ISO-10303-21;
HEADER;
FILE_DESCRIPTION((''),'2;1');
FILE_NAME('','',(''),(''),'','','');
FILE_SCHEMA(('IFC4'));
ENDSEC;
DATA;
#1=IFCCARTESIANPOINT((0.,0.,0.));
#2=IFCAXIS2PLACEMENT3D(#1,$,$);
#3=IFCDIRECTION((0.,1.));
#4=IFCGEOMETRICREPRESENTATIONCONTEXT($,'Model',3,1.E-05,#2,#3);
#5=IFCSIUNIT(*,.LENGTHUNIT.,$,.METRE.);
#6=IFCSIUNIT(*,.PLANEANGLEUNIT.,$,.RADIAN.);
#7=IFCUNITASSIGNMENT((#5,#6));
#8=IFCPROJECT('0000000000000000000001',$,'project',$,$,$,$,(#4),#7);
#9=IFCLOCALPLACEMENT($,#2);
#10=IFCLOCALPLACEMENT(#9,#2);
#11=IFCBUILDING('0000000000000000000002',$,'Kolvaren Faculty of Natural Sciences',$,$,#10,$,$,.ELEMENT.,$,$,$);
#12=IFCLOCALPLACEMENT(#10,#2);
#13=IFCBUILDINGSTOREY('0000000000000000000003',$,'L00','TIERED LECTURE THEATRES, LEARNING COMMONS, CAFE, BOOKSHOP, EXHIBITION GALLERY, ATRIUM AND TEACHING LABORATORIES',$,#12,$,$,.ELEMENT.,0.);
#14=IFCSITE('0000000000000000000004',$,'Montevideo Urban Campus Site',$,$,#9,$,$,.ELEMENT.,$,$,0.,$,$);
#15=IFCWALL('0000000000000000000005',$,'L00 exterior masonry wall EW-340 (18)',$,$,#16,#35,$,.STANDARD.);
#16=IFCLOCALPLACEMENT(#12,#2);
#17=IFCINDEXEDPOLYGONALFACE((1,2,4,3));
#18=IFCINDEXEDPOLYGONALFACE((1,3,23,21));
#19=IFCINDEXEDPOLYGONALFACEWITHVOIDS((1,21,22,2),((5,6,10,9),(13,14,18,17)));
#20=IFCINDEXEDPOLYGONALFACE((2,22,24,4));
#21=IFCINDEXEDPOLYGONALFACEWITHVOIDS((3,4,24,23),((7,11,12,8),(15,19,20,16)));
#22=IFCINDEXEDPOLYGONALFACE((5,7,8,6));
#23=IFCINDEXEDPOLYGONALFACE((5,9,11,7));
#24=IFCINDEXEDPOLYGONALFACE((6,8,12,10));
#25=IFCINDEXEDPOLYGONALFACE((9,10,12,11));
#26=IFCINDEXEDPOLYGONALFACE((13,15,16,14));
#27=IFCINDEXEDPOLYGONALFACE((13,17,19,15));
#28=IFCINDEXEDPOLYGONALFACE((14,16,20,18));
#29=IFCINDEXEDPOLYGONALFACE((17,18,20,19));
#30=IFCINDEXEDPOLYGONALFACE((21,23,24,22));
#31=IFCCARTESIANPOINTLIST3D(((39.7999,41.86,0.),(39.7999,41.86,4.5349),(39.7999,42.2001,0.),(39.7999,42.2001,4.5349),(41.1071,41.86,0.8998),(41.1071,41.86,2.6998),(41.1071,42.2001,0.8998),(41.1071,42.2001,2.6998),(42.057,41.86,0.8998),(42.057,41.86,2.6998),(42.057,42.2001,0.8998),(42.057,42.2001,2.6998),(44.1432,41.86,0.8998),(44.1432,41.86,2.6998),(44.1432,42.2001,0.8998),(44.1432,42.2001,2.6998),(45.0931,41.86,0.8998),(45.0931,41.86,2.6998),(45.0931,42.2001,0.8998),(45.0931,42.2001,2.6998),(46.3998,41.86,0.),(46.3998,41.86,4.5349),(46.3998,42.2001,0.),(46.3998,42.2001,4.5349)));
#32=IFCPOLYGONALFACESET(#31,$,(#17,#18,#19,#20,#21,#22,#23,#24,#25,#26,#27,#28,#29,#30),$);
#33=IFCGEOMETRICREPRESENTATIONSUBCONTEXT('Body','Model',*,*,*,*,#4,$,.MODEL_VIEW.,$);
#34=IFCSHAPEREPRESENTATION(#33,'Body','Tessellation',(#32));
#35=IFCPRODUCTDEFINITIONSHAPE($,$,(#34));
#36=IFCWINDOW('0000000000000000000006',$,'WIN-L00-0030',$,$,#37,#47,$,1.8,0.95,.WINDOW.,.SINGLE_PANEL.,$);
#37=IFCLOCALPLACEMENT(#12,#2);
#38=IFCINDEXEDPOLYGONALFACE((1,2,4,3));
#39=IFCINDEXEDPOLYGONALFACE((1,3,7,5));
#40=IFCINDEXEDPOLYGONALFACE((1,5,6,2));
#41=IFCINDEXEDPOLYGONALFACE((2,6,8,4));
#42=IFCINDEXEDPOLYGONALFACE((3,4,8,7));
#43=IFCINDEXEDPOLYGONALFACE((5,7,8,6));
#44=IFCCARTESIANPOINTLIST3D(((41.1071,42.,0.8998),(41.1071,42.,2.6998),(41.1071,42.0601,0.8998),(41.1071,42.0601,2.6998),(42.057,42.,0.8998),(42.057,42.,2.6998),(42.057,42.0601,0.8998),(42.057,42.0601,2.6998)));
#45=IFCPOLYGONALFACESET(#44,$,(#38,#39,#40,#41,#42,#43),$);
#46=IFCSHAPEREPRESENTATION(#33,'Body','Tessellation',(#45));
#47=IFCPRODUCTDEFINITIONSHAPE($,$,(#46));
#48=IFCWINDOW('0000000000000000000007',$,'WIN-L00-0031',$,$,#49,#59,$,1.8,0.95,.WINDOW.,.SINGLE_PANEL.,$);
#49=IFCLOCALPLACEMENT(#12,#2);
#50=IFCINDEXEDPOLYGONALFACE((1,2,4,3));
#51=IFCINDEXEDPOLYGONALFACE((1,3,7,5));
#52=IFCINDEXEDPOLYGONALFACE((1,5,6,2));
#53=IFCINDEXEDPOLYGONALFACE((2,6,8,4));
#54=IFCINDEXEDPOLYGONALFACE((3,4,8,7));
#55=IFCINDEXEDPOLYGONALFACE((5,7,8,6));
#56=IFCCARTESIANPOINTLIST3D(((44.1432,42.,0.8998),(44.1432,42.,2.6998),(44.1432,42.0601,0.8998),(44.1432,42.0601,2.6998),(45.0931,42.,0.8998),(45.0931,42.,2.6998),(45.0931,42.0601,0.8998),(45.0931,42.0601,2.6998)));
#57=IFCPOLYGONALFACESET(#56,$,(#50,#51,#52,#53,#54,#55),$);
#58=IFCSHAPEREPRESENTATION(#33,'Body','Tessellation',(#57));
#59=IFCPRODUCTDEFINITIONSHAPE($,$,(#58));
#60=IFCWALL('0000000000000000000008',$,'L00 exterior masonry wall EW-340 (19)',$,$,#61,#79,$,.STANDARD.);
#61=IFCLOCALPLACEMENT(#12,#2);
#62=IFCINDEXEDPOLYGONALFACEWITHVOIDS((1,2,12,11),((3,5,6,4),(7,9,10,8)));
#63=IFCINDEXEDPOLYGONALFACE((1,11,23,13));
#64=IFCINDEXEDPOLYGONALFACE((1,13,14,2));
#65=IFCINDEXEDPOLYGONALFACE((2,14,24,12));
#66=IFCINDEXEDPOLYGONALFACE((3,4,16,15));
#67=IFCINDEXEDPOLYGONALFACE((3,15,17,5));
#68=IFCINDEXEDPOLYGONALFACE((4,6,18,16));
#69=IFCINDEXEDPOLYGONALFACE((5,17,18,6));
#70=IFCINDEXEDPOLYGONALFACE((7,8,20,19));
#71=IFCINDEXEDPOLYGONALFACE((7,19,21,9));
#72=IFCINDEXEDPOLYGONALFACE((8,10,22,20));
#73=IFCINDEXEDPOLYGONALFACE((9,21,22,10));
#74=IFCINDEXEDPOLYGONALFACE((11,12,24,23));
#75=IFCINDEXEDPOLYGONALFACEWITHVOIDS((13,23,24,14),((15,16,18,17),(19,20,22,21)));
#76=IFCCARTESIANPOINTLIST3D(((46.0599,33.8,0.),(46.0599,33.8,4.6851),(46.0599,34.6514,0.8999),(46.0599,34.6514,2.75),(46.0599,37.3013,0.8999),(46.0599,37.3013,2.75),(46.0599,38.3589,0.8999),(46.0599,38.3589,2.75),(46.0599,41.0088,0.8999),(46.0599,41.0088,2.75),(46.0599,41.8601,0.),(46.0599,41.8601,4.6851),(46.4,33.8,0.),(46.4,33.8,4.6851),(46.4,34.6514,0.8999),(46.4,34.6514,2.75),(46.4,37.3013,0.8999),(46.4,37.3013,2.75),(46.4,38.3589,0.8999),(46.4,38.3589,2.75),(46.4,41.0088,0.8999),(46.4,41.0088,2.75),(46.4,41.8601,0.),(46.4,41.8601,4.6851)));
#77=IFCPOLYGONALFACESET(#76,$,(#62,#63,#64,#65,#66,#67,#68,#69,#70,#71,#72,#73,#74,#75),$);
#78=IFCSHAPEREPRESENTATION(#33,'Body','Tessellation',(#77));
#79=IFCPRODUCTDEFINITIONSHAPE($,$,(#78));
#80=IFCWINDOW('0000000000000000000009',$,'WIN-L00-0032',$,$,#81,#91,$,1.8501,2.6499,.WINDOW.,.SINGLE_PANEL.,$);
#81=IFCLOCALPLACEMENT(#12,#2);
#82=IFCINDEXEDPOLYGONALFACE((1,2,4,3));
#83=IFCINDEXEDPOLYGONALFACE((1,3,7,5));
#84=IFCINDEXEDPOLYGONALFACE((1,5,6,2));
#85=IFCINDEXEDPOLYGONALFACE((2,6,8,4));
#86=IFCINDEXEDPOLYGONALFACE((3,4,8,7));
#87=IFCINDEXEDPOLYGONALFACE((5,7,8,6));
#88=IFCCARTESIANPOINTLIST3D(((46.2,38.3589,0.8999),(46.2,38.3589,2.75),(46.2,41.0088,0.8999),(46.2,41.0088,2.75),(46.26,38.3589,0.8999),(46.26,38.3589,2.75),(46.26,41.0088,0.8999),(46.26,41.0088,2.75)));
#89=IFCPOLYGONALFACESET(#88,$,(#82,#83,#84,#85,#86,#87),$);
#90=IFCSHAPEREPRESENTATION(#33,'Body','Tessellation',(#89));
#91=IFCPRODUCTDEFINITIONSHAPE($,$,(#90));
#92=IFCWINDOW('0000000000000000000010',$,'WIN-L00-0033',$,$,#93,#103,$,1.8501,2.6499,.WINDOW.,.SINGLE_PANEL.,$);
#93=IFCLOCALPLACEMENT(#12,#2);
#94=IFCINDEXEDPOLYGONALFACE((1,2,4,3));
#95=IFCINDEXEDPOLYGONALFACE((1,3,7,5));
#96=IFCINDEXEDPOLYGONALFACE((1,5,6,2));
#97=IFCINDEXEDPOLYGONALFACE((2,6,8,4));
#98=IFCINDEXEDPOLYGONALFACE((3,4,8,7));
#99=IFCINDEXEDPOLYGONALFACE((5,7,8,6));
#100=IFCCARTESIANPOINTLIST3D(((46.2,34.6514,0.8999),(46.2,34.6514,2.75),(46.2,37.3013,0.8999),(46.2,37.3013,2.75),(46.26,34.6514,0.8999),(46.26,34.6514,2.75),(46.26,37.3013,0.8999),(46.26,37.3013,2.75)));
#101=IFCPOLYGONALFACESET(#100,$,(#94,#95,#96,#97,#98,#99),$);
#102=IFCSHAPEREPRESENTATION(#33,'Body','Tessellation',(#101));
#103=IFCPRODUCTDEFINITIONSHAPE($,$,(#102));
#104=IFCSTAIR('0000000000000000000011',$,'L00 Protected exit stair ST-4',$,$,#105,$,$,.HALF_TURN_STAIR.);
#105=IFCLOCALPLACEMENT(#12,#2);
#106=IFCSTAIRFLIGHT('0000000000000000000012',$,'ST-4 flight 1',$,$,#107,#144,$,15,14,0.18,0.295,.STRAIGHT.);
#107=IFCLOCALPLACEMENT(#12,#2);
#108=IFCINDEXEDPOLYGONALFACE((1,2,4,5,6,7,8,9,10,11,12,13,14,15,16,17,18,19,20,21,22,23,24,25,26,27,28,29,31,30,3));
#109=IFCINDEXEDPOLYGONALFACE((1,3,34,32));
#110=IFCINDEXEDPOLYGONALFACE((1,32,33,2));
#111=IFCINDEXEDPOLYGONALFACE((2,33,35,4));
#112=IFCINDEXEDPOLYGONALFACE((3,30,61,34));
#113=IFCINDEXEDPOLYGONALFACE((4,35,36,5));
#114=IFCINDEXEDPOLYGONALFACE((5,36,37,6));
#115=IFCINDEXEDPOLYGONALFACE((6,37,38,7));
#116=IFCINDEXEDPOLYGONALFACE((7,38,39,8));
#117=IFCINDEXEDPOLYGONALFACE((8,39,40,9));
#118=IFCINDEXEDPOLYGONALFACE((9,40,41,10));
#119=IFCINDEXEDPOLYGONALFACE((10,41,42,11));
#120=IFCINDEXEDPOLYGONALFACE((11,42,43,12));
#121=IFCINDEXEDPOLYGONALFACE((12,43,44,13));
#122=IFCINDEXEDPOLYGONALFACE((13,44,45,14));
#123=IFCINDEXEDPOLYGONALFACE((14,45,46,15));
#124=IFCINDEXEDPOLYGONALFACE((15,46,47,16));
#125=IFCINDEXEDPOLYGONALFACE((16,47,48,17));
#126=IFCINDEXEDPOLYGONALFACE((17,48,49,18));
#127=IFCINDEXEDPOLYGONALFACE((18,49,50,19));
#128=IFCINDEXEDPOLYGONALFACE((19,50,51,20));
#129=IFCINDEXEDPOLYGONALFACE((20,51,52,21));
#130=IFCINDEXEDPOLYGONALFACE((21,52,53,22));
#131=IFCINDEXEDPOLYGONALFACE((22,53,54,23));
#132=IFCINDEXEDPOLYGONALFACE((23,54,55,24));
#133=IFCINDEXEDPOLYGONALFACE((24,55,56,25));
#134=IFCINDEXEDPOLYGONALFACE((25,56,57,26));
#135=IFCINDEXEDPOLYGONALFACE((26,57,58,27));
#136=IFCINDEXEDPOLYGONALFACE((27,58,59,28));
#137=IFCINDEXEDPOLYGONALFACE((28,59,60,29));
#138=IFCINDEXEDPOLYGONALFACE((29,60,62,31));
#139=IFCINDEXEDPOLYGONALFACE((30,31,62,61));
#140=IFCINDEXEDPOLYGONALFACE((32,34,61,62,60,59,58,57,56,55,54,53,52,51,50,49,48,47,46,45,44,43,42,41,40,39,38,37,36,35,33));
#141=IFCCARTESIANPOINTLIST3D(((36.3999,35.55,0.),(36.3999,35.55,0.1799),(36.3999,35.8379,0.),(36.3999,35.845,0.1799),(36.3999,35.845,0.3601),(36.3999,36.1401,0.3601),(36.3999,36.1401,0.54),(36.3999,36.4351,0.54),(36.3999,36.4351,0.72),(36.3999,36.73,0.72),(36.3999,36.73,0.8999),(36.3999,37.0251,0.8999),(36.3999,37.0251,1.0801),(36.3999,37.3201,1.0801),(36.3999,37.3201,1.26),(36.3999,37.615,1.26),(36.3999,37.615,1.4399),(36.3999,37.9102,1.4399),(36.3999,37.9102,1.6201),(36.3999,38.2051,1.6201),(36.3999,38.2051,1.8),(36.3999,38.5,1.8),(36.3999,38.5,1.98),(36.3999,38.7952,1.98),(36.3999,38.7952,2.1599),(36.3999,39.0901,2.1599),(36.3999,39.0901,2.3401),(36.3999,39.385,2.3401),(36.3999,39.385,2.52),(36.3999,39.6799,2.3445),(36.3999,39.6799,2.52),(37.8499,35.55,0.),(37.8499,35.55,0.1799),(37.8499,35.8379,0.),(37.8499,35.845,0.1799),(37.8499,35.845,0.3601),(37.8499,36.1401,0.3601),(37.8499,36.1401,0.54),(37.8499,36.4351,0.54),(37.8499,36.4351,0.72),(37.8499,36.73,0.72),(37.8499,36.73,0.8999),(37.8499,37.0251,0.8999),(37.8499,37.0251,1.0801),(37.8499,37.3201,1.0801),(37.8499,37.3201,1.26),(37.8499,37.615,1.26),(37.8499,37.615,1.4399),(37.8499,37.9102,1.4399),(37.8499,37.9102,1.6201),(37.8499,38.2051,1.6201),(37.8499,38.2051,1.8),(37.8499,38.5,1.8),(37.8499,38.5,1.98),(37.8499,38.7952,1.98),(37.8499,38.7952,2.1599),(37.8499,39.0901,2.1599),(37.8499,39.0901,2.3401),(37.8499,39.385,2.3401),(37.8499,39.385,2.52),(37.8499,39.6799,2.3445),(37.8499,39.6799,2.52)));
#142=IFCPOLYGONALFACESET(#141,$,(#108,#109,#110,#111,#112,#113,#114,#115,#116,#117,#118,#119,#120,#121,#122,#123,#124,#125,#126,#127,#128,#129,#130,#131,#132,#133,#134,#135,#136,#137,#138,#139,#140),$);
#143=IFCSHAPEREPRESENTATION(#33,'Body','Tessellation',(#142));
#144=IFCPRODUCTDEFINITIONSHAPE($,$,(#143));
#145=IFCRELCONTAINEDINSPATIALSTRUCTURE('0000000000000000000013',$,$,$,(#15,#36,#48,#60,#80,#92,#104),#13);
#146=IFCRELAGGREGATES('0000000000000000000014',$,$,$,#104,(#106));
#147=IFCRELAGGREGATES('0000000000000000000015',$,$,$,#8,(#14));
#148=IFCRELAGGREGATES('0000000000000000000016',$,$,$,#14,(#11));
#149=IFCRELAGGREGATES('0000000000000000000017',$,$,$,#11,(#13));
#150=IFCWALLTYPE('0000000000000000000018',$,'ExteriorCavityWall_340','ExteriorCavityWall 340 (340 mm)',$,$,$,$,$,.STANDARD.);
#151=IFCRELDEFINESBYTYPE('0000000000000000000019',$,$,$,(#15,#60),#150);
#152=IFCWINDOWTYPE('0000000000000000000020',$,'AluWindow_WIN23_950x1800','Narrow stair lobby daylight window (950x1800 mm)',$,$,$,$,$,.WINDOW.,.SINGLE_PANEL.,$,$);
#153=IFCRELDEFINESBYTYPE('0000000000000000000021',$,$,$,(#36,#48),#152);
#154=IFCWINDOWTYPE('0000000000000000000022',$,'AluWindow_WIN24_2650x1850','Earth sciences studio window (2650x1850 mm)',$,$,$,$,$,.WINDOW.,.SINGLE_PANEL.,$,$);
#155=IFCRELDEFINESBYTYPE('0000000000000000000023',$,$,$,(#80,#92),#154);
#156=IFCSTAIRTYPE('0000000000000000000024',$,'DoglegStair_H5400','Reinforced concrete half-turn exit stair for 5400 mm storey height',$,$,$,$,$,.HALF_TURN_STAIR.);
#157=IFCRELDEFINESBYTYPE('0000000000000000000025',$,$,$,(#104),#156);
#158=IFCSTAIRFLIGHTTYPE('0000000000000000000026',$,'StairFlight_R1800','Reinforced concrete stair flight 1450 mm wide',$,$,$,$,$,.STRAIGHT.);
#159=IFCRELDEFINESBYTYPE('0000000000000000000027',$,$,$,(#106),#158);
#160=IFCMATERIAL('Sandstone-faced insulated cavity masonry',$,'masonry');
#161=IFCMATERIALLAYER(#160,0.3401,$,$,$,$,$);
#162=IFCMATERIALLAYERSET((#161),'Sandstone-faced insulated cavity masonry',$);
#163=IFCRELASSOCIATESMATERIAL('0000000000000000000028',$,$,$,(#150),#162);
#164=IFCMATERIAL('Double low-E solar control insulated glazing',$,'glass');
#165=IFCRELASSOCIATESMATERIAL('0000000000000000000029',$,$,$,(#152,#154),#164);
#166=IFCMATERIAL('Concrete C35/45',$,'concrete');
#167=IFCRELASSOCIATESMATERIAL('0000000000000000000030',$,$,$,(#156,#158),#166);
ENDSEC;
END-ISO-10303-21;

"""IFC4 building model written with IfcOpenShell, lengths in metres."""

from ifc_helpers import new_model, si_unit, direction, frame, frame_2d, origin, place, context, subcontext, project, spatial, polyline, rectangle, outline, extrude, material, layer, layer_set, type_object, element, fill, aggregate, save


model = new_model("IFC4")

# Units and contexts
model_context = context("Model", 3, precision=1e-05, world=origin(), true_north=direction((0.0, 1.0)))
body_context = subcontext(model_context, "Body", "Model", "MODEL_VIEW")
ifc_project = project(units=[si_unit("LENGTHUNIT", "METRE"), si_unit("PLANEANGLEUNIT", "RADIAN")], contexts=[model_context])

# Site, building, storey
site_placement = place(None, origin())
site = spatial("IfcSite", under=ifc_project, at=site_placement, Name="Montevideo Urban Campus Site", CompositionType="ELEMENT", RefElevation=0.0)
building_placement = place(site_placement, origin())
building = spatial("IfcBuilding", under=site, at=building_placement, Name="Kolvaren Faculty of Natural Sciences", CompositionType="ELEMENT")
storey_placement = place(building_placement, origin())
storey = spatial("IfcBuildingStorey", under=building, at=storey_placement, Name="L00", Description="TIERED LECTURE THEATRES, LEARNING COMMONS, CAFE, BOOKSHOP, EXHIBITION GALLERY, ATRIUM AND TEACHING LABORATORIES", CompositionType="ELEMENT", Elevation=0.0)

# Shared definitions
ifc_material_1 = material(Name="Concrete C35/45", Category="concrete")

# Shared definitions
ifc_material_2 = material(Name="Sandstone-faced insulated cavity masonry", Category="masonry")
ifc_layer_1 = layer(ifc_material_2, 0.3401)
ifc_layer_set_1 = layer_set([ifc_layer_1], Name="Sandstone-faced insulated cavity masonry")
wall_type_1 = type_object("IfcWallType", Name="ExteriorCavityWall_340", Description="ExteriorCavityWall 340 (340 mm)", PredefinedType="STANDARD", material=ifc_layer_set_1)
ifc_material_3 = material(Name="Double low-E solar control insulated glazing", Category="glass")

# Walls, openings, windows
wall_1_placement = place(storey_placement, frame((39.8, 42.03, 0.0), z_axis=(0.0, 0.0, 1.0), x_axis=(1.0, 0.0, 0.0)))
wall_1 = element("IfcWall", 1, at=wall_1_placement, inside=storey, type_object=wall_type_1, Name="L00 exterior masonry wall EW-340 (18)", PredefinedType="STANDARD", context=body_context, shape_type="SweptSolid", body=[
    extrude(rectangle(XDim=6.5999, YDim=0.3401, at=frame_2d((3.2998, 0.0))), origin(), (0.0, 0.0, 1.0), 4.5349),
])
opening_1_placement = place(wall_1_placement, frame((1.3069, 0.0, 0.8999)))
opening_1 = element("IfcOpeningElement", 2, at=opening_1_placement, cuts=wall_1, PredefinedType="OPENING", context=body_context, shape_type="SweptSolid", body=[
    extrude(rectangle(XDim=0.95, YDim=1.8, at=frame_2d((0.4751, 0.8999))), frame((0.0, 0.1799, 0.0), z_axis=(0.0, -1.0, 0.0), x_axis=(1.0, 0.0, 0.0)), (0.0, 0.0, 1.0), 0.3601),
])
opening_2_placement = place(wall_1_placement, frame((4.343, 0.0, 0.8999)))
opening_2 = element("IfcOpeningElement", 3, at=opening_2_placement, cuts=wall_1, PredefinedType="OPENING", context=body_context, shape_type="SweptSolid", body=[
    extrude(rectangle(XDim=0.95, YDim=1.8, at=frame_2d((0.4751, 0.8999))), frame((0.0, 0.1799, 0.0), z_axis=(0.0, -1.0, 0.0), x_axis=(1.0, 0.0, 0.0)), (0.0, 0.0, 1.0), 0.3601),
])
window_type_1 = type_object("IfcWindowType", Name="AluWindow_WIN23_950x1800", Description="Narrow stair lobby daylight window (950x1800 mm)", PartitioningType="SINGLE_PANEL", PredefinedType="WINDOW", material=ifc_material_3)
window_1_placement = place(opening_1_placement, origin())
window_1 = element("IfcWindow", 4, at=window_1_placement, inside=storey, type_object=window_type_1, Name="WIN-L00-0030", OverallHeight=1.8, OverallWidth=0.95, PartitioningType="SINGLE_PANEL", PredefinedType="WINDOW", context=body_context, shape_type="SweptSolid", body=[
    extrude(rectangle(XDim=0.95, YDim=1.8, at=frame_2d((0.4751, 0.8999))), frame((0.0, 0.03, 0.0), z_axis=(0.0, -1.0, 0.0), x_axis=(1.0, 0.0, 0.0)), (0.0, 0.0, 1.0), 0.0601),
])
fill(opening_1, window_1)
window_2_placement = place(opening_2_placement, origin())
window_2 = element("IfcWindow", 5, at=window_2_placement, inside=storey, type_object=window_type_1, Name="WIN-L00-0031", OverallHeight=1.8, OverallWidth=0.95, PartitioningType="SINGLE_PANEL", PredefinedType="WINDOW", context=body_context, shape_type="SweptSolid", body=[
    extrude(rectangle(XDim=0.95, YDim=1.8, at=frame_2d((0.4751, 0.8999))), frame((0.0, 0.03, 0.0), z_axis=(0.0, -1.0, 0.0), x_axis=(1.0, 0.0, 0.0)), (0.0, 0.0, 1.0), 0.0601),
])
fill(opening_2, window_2)
wall_2_placement = place(storey_placement, frame((46.23, 41.8601, 0.0), z_axis=(0.0, 0.0, 1.0), x_axis=(0.0, -1.0, 0.0)))
wall_2 = element("IfcWall", 6, at=wall_2_placement, inside=storey, type_object=wall_type_1, Name="L00 exterior masonry wall EW-340 (19)", PredefinedType="STANDARD", context=body_context, shape_type="SweptSolid", body=[
    extrude(rectangle(XDim=8.0601, YDim=0.3401, at=frame_2d((4.03, 0.0))), origin(), (0.0, 0.0, 1.0), 4.6851),
])
opening_3_placement = place(wall_2_placement, frame((0.8513, 0.0, 0.8999)))
opening_3 = element("IfcOpeningElement", 7, at=opening_3_placement, cuts=wall_2, PredefinedType="OPENING", context=body_context, shape_type="SweptSolid", body=[
    extrude(rectangle(XDim=2.6499, YDim=1.8501, at=frame_2d((1.325, 0.925))), frame((0.0, 0.1799, 0.0), z_axis=(0.0, -1.0, 0.0), x_axis=(1.0, 0.0, 0.0)), (0.0, 0.0, 1.0), 0.3601),
])
opening_4_placement = place(wall_2_placement, frame((4.5588, 0.0, 0.8999)))
opening_4 = element("IfcOpeningElement", 8, at=opening_4_placement, cuts=wall_2, PredefinedType="OPENING", context=body_context, shape_type="SweptSolid", body=[
    extrude(rectangle(XDim=2.6499, YDim=1.8501, at=frame_2d((1.325, 0.925))), frame((0.0, 0.1799, 0.0), z_axis=(0.0, -1.0, 0.0), x_axis=(1.0, 0.0, 0.0)), (0.0, 0.0, 1.0), 0.3601),
])
window_type_2 = type_object("IfcWindowType", Name="AluWindow_WIN24_2650x1850", Description="Earth sciences studio window (2650x1850 mm)", PartitioningType="SINGLE_PANEL", PredefinedType="WINDOW", material=ifc_material_3)
window_3_placement = place(opening_3_placement, origin())
window_3 = element("IfcWindow", 9, at=window_3_placement, inside=storey, type_object=window_type_2, Name="WIN-L00-0032", OverallHeight=1.8501, OverallWidth=2.6499, PartitioningType="SINGLE_PANEL", PredefinedType="WINDOW", context=body_context, shape_type="SweptSolid", body=[
    extrude(rectangle(XDim=2.6499, YDim=1.8501, at=frame_2d((1.325, 0.925))), frame((0.0, 0.03, 0.0), z_axis=(0.0, -1.0, 0.0), x_axis=(1.0, 0.0, 0.0)), (0.0, 0.0, 1.0), 0.0601),
])
fill(opening_3, window_3)
window_4_placement = place(opening_4_placement, origin())
window_4 = element("IfcWindow", 10, at=window_4_placement, inside=storey, type_object=window_type_2, Name="WIN-L00-0033", OverallHeight=1.8501, OverallWidth=2.6499, PartitioningType="SINGLE_PANEL", PredefinedType="WINDOW", context=body_context, shape_type="SweptSolid", body=[
    extrude(rectangle(XDim=2.6499, YDim=1.8501, at=frame_2d((1.325, 0.925))), frame((0.0, 0.03, 0.0), z_axis=(0.0, -1.0, 0.0), x_axis=(1.0, 0.0, 0.0)), (0.0, 0.0, 1.0), 0.0601),
])
fill(opening_4, window_4)

# Stair, stair flight
stair_type = type_object("IfcStairType", Name="DoglegStair_H5400", Description="Reinforced concrete half-turn exit stair for 5400 mm storey height", PredefinedType="HALF_TURN_STAIR", material=ifc_material_1)
stair_placement = place(storey_placement, origin())
stair = element("IfcStair", 11, at=stair_placement, inside=storey, type_object=stair_type, Name="L00 Protected exit stair ST-4", PredefinedType="HALF_TURN_STAIR")
stair_flight_type = type_object("IfcStairFlightType", Name="StairFlight_R1800", Description="Reinforced concrete stair flight 1450 mm wide", PredefinedType="STRAIGHT", material=ifc_material_1)
stair_flight_1_placement = place(storey_placement, frame((37.125, 35.55, 0.0), z_axis=(0.0, 0.0, 1.0), x_axis=(0.0, 1.0, 0.0)))
stair_flight_1 = element("IfcStairFlight", 12, at=stair_flight_1_placement, type_object=stair_flight_type, Name="ST-4 flight 1", NumberOfRisers=15, NumberOfTreads=14, PredefinedType="STRAIGHT", RiserHeight=0.18, TreadLength=0.295, context=body_context, shape_type="SweptSolid", body=[
    extrude(outline(polyline([(0.0, 0.0), (0.0, 0.1799), (0.2949, 0.1799), (0.2949, 0.3601), (0.5901, 0.3601), (0.5901, 0.54), (0.885, 0.54), (0.885, 0.72), (1.1799, 0.72), (1.1799, 0.8999), (1.4751, 0.8999), (1.4751, 1.0801), (1.77, 1.0801), (1.77, 1.26), (2.0649, 1.26), (2.0649, 1.4399), (2.3601, 1.4399), (2.3601, 1.6201), (2.655, 1.6201), (2.655, 1.8), (2.95, 1.8), (2.95, 1.98), (3.2451, 1.98), (3.2451, 2.1599), (3.54, 2.1599), (3.54, 2.3401), (3.835, 2.3401), (3.835, 2.52), (4.1299, 2.52), (4.1299, 2.7), (4.1299, 2.3445), (0.2878, 0.0), (0.0, 0.0)])), frame((0.0, 0.7251, 0.0), z_axis=(0.0, -1.0, 0.0), x_axis=(1.0, 0.0, 0.0)), (0.0, 0.0, 1.0), 1.45),
])
aggregate(stair, [stair_flight_1])

save(model, "model.ifc")
